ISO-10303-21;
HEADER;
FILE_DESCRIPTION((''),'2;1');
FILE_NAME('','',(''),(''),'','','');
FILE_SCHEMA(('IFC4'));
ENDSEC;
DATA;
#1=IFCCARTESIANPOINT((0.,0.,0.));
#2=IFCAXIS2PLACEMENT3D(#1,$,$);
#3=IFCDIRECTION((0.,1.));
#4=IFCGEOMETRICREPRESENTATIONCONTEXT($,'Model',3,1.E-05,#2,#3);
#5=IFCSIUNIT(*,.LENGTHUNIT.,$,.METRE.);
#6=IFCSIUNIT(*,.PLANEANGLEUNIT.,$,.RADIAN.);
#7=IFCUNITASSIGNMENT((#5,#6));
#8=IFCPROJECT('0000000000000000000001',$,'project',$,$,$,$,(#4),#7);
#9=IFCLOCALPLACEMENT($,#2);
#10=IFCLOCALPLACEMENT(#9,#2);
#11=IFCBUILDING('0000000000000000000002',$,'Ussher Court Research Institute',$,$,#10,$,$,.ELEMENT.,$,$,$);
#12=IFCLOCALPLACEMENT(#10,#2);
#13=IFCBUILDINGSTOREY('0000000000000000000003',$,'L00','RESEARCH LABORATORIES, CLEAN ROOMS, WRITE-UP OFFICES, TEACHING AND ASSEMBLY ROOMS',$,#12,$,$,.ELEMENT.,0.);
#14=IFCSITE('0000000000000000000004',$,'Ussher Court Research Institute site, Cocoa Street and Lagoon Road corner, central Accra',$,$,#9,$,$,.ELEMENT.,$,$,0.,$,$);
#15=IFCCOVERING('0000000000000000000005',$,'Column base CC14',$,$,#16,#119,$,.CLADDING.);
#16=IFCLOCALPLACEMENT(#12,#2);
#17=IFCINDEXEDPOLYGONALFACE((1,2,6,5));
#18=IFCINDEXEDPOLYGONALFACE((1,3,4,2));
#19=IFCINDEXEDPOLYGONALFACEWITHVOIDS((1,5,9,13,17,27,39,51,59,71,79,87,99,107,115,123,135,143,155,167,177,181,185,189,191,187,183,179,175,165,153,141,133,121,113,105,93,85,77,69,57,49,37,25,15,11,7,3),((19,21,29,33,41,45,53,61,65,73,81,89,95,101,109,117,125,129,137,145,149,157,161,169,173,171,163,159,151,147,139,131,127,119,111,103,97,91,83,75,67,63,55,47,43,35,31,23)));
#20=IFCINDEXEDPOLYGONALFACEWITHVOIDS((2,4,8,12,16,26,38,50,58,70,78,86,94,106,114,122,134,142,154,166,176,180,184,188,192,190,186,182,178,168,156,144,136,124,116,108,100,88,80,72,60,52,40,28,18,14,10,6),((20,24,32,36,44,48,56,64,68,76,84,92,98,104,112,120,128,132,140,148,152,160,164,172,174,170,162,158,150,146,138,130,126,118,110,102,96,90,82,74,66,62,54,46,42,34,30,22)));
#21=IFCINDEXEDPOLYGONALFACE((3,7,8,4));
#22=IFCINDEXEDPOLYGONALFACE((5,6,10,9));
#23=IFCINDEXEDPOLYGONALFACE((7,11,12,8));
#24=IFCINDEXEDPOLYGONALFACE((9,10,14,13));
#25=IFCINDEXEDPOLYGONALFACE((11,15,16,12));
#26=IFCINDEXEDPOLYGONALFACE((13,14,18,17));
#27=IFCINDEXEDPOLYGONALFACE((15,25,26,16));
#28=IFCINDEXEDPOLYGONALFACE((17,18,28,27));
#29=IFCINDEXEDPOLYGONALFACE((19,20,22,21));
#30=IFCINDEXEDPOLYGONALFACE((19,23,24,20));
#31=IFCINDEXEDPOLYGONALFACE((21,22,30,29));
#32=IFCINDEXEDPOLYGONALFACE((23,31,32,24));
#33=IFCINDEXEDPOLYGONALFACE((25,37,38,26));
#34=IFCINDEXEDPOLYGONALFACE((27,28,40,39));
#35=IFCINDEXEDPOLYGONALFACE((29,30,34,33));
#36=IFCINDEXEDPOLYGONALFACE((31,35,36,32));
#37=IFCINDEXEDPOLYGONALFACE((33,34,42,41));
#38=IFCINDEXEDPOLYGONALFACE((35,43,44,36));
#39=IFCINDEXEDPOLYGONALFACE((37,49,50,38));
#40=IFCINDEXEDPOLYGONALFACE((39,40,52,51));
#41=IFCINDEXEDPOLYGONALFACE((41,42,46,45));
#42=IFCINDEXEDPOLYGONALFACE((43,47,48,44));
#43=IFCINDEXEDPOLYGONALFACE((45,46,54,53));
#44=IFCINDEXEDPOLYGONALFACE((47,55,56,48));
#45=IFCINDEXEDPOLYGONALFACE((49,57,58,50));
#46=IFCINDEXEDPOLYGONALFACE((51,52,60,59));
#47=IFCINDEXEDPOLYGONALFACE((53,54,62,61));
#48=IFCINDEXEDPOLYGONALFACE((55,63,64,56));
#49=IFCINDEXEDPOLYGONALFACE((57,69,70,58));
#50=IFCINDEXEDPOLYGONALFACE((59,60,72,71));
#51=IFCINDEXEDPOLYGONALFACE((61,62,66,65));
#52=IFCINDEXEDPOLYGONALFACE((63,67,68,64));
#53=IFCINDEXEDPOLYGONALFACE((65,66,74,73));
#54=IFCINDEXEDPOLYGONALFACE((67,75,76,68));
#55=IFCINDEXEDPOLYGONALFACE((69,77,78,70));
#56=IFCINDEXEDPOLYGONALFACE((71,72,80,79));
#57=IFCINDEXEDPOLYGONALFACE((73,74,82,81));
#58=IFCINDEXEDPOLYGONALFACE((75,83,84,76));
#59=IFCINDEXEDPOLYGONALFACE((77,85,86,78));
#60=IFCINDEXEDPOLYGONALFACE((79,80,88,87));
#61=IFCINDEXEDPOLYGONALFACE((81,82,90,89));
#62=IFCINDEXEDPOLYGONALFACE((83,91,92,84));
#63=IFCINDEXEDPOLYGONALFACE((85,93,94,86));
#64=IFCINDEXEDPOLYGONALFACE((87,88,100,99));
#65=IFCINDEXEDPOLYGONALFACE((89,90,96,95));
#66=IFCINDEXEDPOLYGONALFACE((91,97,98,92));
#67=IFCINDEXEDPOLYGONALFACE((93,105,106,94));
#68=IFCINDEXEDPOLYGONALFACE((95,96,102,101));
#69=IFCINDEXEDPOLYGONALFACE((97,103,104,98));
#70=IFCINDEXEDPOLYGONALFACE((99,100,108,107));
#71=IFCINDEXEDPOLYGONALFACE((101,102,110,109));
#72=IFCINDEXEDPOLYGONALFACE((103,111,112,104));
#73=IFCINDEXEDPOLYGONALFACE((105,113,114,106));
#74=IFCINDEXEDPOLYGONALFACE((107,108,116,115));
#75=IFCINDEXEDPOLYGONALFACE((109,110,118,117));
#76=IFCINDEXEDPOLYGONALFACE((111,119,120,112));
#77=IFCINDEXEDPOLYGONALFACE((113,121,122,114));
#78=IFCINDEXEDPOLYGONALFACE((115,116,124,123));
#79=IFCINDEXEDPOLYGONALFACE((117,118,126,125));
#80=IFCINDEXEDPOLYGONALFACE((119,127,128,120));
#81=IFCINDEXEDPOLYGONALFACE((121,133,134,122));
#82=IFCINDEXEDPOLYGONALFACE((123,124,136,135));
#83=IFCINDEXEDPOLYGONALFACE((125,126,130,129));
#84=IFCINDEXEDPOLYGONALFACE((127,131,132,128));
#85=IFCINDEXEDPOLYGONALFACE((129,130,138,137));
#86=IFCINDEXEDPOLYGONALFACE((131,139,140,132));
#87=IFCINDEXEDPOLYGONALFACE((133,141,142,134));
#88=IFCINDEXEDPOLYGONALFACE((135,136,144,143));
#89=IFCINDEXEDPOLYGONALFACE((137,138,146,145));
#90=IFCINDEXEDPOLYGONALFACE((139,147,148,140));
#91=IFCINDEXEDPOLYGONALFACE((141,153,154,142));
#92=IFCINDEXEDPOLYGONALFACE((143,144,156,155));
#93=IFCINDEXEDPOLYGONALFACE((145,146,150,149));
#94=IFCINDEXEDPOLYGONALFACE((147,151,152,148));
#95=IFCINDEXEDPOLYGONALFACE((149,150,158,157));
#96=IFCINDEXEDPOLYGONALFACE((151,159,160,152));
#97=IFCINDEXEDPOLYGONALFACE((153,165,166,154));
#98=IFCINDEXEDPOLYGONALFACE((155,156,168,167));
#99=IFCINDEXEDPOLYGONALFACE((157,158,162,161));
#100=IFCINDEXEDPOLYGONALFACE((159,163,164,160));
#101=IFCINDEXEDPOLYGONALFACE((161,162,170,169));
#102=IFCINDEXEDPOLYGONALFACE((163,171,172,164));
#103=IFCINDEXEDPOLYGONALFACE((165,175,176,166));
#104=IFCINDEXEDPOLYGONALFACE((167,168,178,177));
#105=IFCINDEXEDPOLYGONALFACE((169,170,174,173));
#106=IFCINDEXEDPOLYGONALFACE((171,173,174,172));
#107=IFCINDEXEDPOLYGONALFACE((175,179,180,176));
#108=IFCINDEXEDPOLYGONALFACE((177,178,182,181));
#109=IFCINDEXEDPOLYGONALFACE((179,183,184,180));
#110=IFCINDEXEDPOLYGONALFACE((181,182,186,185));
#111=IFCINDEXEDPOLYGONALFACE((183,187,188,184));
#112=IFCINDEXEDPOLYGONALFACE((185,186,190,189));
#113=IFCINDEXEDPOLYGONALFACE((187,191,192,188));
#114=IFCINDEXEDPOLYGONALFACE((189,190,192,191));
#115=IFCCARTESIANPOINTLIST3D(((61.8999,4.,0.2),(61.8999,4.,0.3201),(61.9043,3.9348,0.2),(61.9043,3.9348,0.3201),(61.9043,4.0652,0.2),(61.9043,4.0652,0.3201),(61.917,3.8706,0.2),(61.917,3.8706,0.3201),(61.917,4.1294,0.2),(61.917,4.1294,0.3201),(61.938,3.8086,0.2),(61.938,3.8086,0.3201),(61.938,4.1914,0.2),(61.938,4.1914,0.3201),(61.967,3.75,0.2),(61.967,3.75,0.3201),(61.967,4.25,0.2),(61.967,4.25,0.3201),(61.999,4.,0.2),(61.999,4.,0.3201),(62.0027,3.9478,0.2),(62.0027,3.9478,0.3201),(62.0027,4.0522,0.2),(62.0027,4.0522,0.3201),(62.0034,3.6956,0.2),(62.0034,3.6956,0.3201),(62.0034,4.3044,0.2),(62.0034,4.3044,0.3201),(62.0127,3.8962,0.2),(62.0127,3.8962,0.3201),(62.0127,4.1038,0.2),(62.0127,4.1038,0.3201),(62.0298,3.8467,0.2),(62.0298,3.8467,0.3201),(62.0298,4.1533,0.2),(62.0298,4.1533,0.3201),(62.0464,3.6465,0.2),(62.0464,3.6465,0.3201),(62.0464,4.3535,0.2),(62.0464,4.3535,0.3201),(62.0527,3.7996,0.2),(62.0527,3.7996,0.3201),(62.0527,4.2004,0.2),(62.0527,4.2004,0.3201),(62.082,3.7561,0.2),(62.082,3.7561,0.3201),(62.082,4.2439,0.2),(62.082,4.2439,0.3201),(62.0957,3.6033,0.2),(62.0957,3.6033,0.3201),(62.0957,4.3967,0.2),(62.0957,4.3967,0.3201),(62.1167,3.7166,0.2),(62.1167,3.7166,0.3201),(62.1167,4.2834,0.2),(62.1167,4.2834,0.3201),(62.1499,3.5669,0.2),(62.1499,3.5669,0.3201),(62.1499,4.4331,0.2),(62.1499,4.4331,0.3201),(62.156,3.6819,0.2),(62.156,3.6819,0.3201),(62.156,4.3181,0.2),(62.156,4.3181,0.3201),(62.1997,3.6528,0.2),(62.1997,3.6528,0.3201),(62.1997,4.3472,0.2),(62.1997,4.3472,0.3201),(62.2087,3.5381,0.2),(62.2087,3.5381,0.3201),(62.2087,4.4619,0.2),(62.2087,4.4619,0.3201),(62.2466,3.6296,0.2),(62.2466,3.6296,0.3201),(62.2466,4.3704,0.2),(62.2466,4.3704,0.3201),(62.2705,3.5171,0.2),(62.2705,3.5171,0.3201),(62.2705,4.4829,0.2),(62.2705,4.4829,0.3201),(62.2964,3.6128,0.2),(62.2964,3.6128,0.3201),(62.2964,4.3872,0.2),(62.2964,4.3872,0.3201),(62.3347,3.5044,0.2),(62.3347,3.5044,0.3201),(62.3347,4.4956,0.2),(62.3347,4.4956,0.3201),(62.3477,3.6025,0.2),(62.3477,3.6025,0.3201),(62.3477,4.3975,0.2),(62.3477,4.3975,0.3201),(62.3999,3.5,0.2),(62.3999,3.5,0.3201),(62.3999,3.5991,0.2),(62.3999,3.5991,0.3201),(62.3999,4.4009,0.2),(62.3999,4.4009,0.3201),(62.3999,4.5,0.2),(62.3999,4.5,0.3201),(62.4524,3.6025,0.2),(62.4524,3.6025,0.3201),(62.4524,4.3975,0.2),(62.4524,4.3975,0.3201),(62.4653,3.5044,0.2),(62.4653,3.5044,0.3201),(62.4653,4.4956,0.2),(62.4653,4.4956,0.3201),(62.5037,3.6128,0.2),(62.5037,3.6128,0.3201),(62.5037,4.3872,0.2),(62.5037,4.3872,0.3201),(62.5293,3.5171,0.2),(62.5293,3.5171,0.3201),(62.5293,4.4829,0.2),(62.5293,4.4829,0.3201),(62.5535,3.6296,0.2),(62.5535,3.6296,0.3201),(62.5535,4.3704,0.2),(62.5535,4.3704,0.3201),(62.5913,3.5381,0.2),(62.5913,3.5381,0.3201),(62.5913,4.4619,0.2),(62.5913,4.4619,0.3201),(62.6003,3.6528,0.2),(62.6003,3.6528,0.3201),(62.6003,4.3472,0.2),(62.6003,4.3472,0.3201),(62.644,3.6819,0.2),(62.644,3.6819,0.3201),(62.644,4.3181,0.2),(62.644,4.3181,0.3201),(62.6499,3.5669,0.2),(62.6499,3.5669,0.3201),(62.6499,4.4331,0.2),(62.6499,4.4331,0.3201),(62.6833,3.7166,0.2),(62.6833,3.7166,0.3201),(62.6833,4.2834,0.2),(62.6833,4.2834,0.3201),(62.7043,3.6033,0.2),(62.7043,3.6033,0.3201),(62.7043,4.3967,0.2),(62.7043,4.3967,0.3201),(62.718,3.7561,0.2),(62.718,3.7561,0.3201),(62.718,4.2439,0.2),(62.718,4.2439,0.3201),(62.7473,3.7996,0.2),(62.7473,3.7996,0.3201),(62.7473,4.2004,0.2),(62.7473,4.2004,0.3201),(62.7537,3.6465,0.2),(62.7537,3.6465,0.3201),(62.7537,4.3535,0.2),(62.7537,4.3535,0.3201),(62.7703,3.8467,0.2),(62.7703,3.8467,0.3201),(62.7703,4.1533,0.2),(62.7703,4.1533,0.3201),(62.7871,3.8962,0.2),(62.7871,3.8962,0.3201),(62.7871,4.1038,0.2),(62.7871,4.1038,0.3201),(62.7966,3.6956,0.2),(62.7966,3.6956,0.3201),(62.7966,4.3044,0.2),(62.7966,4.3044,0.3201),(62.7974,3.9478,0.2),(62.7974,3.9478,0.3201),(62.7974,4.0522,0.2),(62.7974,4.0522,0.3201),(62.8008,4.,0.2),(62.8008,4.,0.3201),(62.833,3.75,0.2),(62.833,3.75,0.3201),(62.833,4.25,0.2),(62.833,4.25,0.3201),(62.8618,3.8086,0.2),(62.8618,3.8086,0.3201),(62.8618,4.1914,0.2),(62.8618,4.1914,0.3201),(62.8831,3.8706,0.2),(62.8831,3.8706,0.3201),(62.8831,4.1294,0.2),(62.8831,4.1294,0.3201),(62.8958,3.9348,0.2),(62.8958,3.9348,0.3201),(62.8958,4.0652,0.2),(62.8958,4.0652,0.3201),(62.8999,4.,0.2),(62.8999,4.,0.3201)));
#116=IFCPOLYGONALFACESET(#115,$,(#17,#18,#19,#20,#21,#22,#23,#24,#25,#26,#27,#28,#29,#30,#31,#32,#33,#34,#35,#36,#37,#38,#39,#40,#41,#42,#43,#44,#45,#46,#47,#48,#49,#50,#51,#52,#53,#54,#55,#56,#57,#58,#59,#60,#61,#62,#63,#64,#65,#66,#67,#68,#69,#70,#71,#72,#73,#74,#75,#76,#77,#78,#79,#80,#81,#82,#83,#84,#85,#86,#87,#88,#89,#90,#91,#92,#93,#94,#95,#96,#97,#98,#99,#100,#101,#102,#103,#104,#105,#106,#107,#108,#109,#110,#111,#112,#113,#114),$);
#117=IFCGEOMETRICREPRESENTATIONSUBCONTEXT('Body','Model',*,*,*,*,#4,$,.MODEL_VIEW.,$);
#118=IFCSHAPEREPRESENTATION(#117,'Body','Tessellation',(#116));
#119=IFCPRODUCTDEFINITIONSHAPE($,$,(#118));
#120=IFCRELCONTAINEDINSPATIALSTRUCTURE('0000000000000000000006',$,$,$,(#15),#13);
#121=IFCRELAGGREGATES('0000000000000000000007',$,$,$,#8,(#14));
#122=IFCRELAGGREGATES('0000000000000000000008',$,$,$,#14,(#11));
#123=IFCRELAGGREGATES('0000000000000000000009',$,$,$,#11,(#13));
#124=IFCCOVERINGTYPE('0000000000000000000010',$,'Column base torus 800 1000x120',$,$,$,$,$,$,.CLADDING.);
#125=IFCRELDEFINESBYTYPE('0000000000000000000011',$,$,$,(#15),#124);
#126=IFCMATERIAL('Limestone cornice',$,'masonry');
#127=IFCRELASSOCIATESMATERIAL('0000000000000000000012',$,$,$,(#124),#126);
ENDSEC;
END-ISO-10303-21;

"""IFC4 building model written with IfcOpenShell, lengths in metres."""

from ifc_helpers import new_model, si_unit, direction, frame, origin, place, context, subcontext, project, spatial, polyline, outline, extrude, material, type_object, element, save


model = new_model("IFC4")

# Units and contexts
model_context = context("Model", 3, precision=1e-05, world=origin(), true_north=direction((0.0, 1.0)))
body_context = subcontext(model_context, "Body", "Model", "MODEL_VIEW")
ifc_project = project(units=[si_unit("LENGTHUNIT", "METRE"), si_unit("PLANEANGLEUNIT", "RADIAN")], contexts=[model_context])

# Site, building, storey
site_placement = place(None, origin())
site = spatial("IfcSite", under=ifc_project, at=site_placement, Name="Ussher Court Research Institute site, Cocoa Street and Lagoon Road corner, central Accra", CompositionType="ELEMENT", RefElevation=0.0)
building_placement = place(site_placement, origin())
building = spatial("IfcBuilding", under=site, at=building_placement, Name="Ussher Court Research Institute", CompositionType="ELEMENT")
storey_placement = place(building_placement, origin())
storey = spatial("IfcBuildingStorey", under=building, at=storey_placement, Name="L00", Description="RESEARCH LABORATORIES, CLEAN ROOMS, WRITE-UP OFFICES, TEACHING AND ASSEMBLY ROOMS", CompositionType="ELEMENT", Elevation=0.0)

# Covering
ifc_material_1 = material(Name="Limestone cornice", Category="masonry")
covering_type_1 = type_object("IfcCoveringType", Name="Column base torus 800 1000x120", PredefinedType="CLADDING", material=ifc_material_1)
covering_1_placement = place(storey_placement, frame((0.0, 0.0, 0.2)))
element("IfcCovering", 1, at=covering_1_placement, inside=storey, type_object=covering_type_1, Name="Column base CC14", PredefinedType="CLADDING", context=body_context, shape_type="SweptSolid", body=[
    extrude(outline(polyline([(62.8999, 4.0), (62.8958, 4.0652), (62.8831, 4.1294), (62.8618, 4.1914), (62.833, 4.25), (62.7966, 4.3044), (62.7537, 4.3535), (62.7043, 4.3967), (62.6499, 4.4331), (62.5913, 4.4619), (62.5293, 4.4829), (62.4653, 4.4956), (62.3999, 4.5), (62.3347, 4.4956), (62.2705, 4.4829), (62.2087, 4.4619), (62.1499, 4.4331), (62.0957, 4.3967), (62.0464, 4.3535), (62.0034, 4.3044), (61.967, 4.25), (61.938, 4.1914), (61.917, 4.1294), (61.9043, 4.0652), (61.8999, 4.0), (61.9043, 3.9348), (61.917, 3.8706), (61.938, 3.8086), (61.967, 3.75), (62.0034, 3.6956), (62.0464, 3.6465), (62.0957, 3.6033), (62.1499, 3.5669), (62.2087, 3.5381), (62.2705, 3.5171), (62.3347, 3.5044), (62.3999, 3.5), (62.4653, 3.5044), (62.5293, 3.5171), (62.5913, 3.5381), (62.6499, 3.5669), (62.7043, 3.6033), (62.7537, 3.6465), (62.7966, 3.6956), (62.833, 3.75), (62.8618, 3.8086), (62.8831, 3.8706), (62.8958, 3.9348), (62.8999, 4.0)]), holes=[polyline([(62.8008, 4.0), (62.7974, 4.0522), (62.7871, 4.1038), (62.7703, 4.1533), (62.7473, 4.2004), (62.718, 4.2439), (62.6833, 4.2834), (62.644, 4.3181), (62.6003, 4.3472), (62.5535, 4.3704), (62.5037, 4.3872), (62.4524, 4.3975), (62.3999, 4.4009), (62.3477, 4.3975), (62.2964, 4.3872), (62.2466, 4.3704), (62.1997, 4.3472), (62.156, 4.3181), (62.1167, 4.2834), (62.082, 4.2439), (62.0527, 4.2004), (62.0298, 4.1533), (62.0127, 4.1038), (62.0027, 4.0522), (61.999, 4.0), (62.0027, 3.9478), (62.0127, 3.8962), (62.0298, 3.8467), (62.0527, 3.7996), (62.082, 3.7561), (62.1167, 3.7166), (62.156, 3.6819), (62.1997, 3.6528), (62.2466, 3.6296), (62.2964, 3.6128), (62.3477, 3.6025), (62.3999, 3.5991), (62.4524, 3.6025), (62.5037, 3.6128), (62.5535, 3.6296), (62.6003, 3.6528), (62.644, 3.6819), (62.6833, 3.7166), (62.718, 3.7561), (62.7473, 3.7996), (62.7703, 3.8467), (62.7871, 3.8962), (62.7974, 3.9478), (62.8008, 4.0)])]), origin(), (0.0, 0.0, 1.0), 0.1201),
])

save(model, "model.ifc")
